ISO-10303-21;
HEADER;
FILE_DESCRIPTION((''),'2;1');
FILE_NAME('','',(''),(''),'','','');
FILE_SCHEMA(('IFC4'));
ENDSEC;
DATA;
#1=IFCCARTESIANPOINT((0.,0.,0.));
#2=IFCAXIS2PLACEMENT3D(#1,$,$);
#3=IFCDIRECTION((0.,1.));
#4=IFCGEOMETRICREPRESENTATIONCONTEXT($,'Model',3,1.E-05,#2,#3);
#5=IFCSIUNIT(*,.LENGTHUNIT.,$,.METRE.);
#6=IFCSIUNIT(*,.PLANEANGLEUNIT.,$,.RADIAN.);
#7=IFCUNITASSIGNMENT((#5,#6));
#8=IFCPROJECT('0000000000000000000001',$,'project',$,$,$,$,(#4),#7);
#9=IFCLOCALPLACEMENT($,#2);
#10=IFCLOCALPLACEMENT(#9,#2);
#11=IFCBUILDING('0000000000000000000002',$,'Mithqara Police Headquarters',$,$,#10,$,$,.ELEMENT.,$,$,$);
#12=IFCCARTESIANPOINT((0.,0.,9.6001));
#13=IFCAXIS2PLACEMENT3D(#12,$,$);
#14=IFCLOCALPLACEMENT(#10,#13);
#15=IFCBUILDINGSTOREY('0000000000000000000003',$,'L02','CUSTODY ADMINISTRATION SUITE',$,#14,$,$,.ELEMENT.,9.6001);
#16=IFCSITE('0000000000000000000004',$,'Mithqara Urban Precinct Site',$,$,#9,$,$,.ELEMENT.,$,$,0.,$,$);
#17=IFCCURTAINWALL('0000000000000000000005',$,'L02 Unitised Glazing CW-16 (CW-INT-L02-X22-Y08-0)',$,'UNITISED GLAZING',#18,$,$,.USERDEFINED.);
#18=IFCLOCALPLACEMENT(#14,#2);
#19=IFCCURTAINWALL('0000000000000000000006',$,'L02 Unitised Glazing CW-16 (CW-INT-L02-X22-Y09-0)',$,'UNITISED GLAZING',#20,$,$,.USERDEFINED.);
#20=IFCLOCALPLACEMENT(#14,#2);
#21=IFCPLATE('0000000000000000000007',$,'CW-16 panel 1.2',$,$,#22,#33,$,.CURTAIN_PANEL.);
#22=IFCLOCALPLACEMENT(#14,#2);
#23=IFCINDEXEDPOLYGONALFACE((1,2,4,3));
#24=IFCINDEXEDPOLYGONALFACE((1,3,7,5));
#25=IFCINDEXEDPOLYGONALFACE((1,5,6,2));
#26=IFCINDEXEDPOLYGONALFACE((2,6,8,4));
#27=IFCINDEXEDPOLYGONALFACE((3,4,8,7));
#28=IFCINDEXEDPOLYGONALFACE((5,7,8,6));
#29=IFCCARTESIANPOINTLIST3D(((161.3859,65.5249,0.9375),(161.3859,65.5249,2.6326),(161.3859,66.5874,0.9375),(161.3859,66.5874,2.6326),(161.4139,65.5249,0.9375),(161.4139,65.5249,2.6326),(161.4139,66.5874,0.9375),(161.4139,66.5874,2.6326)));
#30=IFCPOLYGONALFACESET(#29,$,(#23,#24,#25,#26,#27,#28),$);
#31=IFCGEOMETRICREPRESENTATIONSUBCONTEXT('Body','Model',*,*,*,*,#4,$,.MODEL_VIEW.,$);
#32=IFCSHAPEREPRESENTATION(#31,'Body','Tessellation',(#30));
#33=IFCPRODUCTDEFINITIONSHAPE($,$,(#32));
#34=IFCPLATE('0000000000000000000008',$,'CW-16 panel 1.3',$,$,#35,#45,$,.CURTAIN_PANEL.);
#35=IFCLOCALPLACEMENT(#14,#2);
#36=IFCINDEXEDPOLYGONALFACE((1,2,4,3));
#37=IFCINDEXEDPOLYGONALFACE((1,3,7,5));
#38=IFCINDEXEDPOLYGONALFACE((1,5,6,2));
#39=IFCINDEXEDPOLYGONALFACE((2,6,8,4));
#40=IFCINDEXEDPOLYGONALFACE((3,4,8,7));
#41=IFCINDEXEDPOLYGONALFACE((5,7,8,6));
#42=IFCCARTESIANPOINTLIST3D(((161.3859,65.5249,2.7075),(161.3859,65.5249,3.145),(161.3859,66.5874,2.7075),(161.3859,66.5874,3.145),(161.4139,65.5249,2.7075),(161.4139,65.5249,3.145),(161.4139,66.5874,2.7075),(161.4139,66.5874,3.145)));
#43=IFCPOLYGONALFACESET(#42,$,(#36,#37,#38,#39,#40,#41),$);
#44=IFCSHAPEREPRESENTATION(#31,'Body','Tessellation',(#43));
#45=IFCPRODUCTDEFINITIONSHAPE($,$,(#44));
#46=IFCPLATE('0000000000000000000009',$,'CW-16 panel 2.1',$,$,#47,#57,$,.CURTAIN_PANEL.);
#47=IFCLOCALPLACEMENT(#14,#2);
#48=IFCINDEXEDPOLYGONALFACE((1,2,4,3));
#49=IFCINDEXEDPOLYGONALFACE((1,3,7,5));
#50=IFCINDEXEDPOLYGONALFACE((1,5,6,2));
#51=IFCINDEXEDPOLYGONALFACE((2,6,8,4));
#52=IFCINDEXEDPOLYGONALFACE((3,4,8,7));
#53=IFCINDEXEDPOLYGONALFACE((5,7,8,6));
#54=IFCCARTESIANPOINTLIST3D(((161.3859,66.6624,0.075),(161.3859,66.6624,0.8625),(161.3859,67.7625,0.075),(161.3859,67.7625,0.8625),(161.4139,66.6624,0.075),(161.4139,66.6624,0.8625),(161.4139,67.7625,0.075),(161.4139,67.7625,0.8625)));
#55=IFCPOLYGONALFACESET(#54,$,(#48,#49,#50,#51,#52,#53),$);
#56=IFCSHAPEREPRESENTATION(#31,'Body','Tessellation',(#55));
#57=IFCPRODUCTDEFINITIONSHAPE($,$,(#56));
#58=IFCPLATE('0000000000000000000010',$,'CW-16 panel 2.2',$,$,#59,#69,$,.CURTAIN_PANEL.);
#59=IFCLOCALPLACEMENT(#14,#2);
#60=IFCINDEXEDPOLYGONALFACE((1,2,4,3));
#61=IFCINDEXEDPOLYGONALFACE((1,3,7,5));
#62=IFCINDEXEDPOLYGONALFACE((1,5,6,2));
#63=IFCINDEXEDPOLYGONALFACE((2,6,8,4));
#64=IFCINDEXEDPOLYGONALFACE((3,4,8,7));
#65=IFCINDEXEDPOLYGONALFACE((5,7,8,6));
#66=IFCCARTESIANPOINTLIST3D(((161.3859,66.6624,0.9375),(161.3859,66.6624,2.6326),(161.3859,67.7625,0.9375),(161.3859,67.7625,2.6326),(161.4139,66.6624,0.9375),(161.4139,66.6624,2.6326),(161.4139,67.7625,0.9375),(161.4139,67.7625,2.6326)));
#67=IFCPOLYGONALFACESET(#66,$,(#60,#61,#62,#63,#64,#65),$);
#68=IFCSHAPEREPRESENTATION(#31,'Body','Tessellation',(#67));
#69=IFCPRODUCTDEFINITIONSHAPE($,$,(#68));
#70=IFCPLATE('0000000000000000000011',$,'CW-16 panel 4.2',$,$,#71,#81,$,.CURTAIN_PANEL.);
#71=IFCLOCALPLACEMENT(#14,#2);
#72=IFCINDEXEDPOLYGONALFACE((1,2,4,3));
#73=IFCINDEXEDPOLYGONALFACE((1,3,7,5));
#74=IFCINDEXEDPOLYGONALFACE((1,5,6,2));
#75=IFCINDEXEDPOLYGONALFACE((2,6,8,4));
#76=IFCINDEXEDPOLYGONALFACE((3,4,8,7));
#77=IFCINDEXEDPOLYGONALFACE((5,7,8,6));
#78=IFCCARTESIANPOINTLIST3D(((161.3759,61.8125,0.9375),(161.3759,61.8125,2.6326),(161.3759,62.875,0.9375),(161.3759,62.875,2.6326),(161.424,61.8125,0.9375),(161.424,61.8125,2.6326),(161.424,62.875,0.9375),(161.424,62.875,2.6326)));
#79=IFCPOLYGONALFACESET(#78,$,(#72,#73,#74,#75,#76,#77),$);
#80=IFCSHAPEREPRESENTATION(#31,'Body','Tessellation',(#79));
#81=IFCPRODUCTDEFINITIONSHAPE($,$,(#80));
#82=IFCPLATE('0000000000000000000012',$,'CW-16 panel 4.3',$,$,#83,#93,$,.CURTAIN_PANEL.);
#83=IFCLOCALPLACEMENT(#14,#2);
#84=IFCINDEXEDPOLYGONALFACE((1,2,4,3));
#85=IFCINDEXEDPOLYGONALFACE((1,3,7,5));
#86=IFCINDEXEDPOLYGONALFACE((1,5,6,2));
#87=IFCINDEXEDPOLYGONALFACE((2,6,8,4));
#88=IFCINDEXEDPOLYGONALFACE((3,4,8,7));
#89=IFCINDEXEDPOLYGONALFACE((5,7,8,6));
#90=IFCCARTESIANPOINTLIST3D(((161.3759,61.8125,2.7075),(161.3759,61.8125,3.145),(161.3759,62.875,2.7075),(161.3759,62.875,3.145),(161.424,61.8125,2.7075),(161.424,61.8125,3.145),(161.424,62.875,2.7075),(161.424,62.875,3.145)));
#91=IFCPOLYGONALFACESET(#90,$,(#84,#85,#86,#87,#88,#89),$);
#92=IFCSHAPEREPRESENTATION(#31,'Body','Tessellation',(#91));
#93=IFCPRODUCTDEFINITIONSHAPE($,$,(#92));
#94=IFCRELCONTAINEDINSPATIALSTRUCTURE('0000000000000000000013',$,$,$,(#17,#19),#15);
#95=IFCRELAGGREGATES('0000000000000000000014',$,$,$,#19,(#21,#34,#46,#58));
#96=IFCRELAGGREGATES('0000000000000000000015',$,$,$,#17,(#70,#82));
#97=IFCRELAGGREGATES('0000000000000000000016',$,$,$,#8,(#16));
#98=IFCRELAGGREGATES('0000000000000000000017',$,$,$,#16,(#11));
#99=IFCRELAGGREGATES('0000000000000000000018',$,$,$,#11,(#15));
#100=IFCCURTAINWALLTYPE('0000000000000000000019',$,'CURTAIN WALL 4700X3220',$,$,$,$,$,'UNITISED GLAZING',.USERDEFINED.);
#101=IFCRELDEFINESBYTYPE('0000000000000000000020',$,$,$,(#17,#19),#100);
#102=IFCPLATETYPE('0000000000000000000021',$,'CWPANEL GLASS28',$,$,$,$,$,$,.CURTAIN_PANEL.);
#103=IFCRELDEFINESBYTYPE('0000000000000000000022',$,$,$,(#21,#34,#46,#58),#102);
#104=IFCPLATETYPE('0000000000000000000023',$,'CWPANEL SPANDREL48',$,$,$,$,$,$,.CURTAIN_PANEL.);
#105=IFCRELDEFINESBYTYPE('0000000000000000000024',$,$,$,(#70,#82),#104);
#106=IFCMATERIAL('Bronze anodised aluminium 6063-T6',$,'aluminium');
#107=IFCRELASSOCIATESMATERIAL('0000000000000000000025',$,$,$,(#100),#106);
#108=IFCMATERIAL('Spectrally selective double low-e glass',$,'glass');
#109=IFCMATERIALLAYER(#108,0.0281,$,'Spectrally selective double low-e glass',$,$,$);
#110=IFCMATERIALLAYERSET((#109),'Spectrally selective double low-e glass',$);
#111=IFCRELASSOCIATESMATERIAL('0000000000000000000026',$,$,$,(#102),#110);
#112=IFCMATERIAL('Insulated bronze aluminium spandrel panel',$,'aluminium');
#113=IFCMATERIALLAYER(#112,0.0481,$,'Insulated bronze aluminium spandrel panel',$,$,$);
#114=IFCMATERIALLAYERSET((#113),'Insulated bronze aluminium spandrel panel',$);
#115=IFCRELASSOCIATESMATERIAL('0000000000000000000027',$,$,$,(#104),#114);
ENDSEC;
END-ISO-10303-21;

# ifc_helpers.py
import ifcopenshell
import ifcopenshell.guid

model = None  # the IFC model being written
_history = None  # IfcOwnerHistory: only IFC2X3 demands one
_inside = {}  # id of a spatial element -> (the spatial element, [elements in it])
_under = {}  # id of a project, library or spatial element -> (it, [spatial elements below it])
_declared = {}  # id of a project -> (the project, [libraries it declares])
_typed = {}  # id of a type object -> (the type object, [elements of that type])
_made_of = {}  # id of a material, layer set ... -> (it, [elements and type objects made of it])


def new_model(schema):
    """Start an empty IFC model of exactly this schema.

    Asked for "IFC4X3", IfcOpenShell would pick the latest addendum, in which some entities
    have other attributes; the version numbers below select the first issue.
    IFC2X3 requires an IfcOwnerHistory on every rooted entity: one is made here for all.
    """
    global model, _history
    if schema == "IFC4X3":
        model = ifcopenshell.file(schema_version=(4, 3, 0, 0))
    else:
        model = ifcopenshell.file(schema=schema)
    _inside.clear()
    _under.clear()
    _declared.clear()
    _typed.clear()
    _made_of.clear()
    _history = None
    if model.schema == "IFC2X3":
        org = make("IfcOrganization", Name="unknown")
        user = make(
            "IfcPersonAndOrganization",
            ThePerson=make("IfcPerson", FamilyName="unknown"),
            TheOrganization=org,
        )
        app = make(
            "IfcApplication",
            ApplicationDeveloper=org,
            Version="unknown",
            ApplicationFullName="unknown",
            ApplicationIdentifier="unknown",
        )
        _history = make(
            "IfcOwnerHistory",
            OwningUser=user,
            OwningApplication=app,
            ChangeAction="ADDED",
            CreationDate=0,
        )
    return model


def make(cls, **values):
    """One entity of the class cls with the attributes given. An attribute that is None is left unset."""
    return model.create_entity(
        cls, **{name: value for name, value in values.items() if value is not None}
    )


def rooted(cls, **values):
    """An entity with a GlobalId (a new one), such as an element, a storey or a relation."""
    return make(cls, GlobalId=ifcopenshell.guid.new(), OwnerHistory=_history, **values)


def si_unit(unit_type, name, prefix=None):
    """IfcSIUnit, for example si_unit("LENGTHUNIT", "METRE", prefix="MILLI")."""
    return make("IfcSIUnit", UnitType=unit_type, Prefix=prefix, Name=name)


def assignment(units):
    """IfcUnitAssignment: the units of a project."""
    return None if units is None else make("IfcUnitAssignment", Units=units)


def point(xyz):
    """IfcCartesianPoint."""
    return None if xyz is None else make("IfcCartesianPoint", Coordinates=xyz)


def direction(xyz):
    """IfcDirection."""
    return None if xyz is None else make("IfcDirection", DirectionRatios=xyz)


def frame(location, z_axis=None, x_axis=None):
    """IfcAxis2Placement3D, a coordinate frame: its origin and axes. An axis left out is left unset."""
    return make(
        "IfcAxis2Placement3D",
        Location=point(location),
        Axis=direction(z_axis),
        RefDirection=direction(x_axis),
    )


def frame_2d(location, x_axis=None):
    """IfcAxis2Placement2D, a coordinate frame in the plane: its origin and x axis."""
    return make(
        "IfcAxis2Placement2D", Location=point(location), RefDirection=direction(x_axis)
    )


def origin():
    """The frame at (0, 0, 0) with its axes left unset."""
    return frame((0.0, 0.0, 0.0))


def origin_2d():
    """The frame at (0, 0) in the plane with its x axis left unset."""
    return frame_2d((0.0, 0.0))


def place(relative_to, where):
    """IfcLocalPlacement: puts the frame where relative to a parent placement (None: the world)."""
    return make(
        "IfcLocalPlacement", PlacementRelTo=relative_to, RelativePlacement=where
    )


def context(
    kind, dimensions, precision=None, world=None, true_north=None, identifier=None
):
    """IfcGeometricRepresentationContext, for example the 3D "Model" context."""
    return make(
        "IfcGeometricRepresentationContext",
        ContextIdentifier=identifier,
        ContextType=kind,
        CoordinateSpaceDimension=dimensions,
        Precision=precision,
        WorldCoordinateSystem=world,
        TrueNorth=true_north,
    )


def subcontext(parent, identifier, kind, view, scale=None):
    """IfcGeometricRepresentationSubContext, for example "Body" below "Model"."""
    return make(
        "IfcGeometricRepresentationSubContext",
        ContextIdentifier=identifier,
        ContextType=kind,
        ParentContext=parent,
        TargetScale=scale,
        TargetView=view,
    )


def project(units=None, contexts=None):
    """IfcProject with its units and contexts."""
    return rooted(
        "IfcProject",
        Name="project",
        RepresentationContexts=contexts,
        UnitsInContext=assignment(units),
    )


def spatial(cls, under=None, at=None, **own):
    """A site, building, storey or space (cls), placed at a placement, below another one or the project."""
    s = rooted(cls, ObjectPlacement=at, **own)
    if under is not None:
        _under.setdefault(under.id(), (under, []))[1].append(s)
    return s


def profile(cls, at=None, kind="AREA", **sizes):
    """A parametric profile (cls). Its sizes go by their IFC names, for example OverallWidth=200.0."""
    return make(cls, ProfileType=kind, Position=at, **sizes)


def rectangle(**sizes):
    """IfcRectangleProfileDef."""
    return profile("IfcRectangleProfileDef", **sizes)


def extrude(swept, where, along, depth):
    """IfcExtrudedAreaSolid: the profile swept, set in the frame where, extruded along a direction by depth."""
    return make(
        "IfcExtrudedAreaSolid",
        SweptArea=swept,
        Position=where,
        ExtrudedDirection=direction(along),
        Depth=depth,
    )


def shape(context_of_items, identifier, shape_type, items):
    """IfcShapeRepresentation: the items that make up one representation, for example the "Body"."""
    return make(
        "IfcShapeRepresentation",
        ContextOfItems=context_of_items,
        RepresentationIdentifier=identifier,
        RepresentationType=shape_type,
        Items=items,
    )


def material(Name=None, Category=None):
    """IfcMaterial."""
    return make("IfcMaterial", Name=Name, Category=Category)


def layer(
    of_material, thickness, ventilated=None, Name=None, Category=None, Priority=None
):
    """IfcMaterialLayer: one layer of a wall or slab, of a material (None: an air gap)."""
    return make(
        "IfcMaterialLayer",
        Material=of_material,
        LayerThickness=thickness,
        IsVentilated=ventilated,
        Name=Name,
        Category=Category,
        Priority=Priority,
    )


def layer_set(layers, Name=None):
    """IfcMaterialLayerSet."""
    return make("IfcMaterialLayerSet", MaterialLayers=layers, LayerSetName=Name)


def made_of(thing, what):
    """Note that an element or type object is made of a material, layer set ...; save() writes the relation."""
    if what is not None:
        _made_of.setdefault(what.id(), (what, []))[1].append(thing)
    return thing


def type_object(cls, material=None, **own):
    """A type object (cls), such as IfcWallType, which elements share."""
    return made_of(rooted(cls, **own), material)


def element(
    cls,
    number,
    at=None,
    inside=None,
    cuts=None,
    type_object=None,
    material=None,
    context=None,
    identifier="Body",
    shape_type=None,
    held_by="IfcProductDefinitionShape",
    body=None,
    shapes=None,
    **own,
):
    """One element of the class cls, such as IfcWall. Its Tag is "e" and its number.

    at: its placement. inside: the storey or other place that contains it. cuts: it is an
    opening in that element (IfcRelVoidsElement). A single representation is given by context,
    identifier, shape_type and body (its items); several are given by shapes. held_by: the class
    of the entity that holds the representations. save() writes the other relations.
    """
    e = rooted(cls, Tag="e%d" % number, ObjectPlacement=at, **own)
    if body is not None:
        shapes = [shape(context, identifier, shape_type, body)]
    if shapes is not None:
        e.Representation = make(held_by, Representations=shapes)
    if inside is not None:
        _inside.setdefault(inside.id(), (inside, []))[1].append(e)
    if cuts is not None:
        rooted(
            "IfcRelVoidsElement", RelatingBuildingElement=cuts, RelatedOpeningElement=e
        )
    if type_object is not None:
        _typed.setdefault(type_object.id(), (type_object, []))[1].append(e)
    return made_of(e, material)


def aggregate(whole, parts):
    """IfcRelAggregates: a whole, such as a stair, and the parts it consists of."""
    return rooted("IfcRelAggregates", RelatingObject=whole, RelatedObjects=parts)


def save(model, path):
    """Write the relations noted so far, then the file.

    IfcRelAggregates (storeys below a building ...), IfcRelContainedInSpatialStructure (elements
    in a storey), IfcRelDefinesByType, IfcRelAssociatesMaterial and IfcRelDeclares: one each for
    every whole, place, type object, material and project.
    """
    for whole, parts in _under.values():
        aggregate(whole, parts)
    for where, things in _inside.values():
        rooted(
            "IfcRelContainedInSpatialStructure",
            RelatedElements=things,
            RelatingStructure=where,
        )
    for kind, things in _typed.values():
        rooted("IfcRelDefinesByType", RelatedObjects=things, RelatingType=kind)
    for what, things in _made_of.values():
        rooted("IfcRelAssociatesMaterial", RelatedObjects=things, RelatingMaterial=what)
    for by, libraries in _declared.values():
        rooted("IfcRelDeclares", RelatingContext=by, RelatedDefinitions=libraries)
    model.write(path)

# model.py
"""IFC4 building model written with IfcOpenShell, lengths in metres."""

from ifc_helpers import new_model, si_unit, direction, frame, origin, origin_2d, place, context, subcontext, project, spatial, rectangle, extrude, material, layer, layer_set, type_object, element, aggregate, save


model = new_model("IFC4")

# Units and contexts
model_context = context("Model", 3, precision=1e-05, world=origin(), true_north=direction((0.0, 1.0)))
body_context = subcontext(model_context, "Body", "Model", "MODEL_VIEW")
ifc_project = project(units=[si_unit("LENGTHUNIT", "METRE"), si_unit("PLANEANGLEUNIT", "RADIAN")], contexts=[model_context])

# Site, building, storey
site_placement = place(None, origin())
site = spatial("IfcSite", under=ifc_project, at=site_placement, Name="Mithqara Urban Precinct Site", CompositionType="ELEMENT", RefElevation=0.0)
building_placement = place(site_placement, origin())
building = spatial("IfcBuilding", under=site, at=building_placement, Name="Mithqara Police Headquarters", CompositionType="ELEMENT")
storey_placement = place(building_placement, frame((0.0, 0.0, 9.6001)))
storey = spatial("IfcBuildingStorey", under=building, at=storey_placement, Name="L02", Description="CUSTODY ADMINISTRATION SUITE", CompositionType="ELEMENT", Elevation=9.6001)

# Curtain wall
ifc_material_1 = material(Name="Bronze anodised aluminium 6063-T6", Category="aluminium")
curtain_wall_type = type_object("IfcCurtainWallType", Name="CURTAIN WALL 4700X3220", ElementType="UNITISED GLAZING", PredefinedType="USERDEFINED", material=ifc_material_1)
curtain_wall_1_placement = place(storey_placement, origin())
curtain_wall_1 = element("IfcCurtainWall", 1, at=curtain_wall_1_placement, inside=storey, type_object=curtain_wall_type, Name="L02 Unitised Glazing CW-16 (CW-INT-L02-X22-Y08-0)", ObjectType="UNITISED GLAZING", PredefinedType="USERDEFINED")

# Curtain wall, plates
curtain_wall_2_placement = place(storey_placement, origin())
curtain_wall_2 = element("IfcCurtainWall", 2, at=curtain_wall_2_placement, inside=storey, type_object=curtain_wall_type, Name="L02 Unitised Glazing CW-16 (CW-INT-L02-X22-Y09-0)", ObjectType="UNITISED GLAZING", PredefinedType="USERDEFINED")
ifc_material_2 = material(Name="Spectrally selective double low-e glass", Category="glass")
ifc_layer_1 = layer(ifc_material_2, 0.0281, Name="Spectrally selective double low-e glass")
ifc_layer_set_1 = layer_set([ifc_layer_1], Name="Spectrally selective double low-e glass")
plate_type_1 = type_object("IfcPlateType", Name="CWPANEL GLASS28", PredefinedType="CURTAIN_PANEL", material=ifc_layer_set_1)
plate_1_placement = place(storey_placement, frame((161.3999, 66.0562, 0.9375), z_axis=(0.0, 0.0, 1.0), x_axis=(0.0, 1.0, 0.0)))
plate_1 = element("IfcPlate", 3, at=plate_1_placement, type_object=plate_type_1, Name="CW-16 panel 1.2", PredefinedType="CURTAIN_PANEL", context=body_context, shape_type="SweptSolid", body=[
    extrude(rectangle(XDim=1.0625, YDim=0.0281, at=origin_2d()), origin(), (0.0, 0.0, 1.0), 1.6951),
])
plate_2_placement = place(storey_placement, frame((161.3999, 66.0562, 2.7075), z_axis=(0.0, 0.0, 1.0), x_axis=(0.0, 1.0, 0.0)))
plate_2 = element("IfcPlate", 4, at=plate_2_placement, type_object=plate_type_1, Name="CW-16 panel 1.3", PredefinedType="CURTAIN_PANEL", context=body_context, shape_type="SweptSolid", body=[
    extrude(rectangle(XDim=1.0625, YDim=0.0281, at=origin_2d()), origin(), (0.0, 0.0, 1.0), 0.4375),
])
plate_3_placement = place(storey_placement, frame((161.3999, 67.2124, 0.075), z_axis=(0.0, 0.0, 1.0), x_axis=(0.0, 1.0, 0.0)))
plate_3 = element("IfcPlate", 5, at=plate_3_placement, type_object=plate_type_1, Name="CW-16 panel 2.1", PredefinedType="CURTAIN_PANEL", context=body_context, shape_type="SweptSolid", body=[
    extrude(rectangle(XDim=1.1001, YDim=0.0281, at=origin_2d()), origin(), (0.0, 0.0, 1.0), 0.7876),
])
plate_4_placement = place(storey_placement, frame((161.3999, 67.2124, 0.9375), z_axis=(0.0, 0.0, 1.0), x_axis=(0.0, 1.0, 0.0)))
plate_4 = element("IfcPlate", 6, at=plate_4_placement, type_object=plate_type_1, Name="CW-16 panel 2.2", PredefinedType="CURTAIN_PANEL", context=body_context, shape_type="SweptSolid", body=[
    extrude(rectangle(XDim=1.1001, YDim=0.0281, at=origin_2d()), origin(), (0.0, 0.0, 1.0), 1.6951),
])
aggregate(curtain_wall_2, [plate_1, plate_2, plate_3, plate_4])

# Plates
ifc_material_3 = material(Name="Insulated bronze aluminium spandrel panel", Category="aluminium")
ifc_layer_2 = layer(ifc_material_3, 0.0481, Name="Insulated bronze aluminium spandrel panel")
ifc_layer_set_2 = layer_set([ifc_layer_2], Name="Insulated bronze aluminium spandrel panel")
plate_type_2 = type_object("IfcPlateType", Name="CWPANEL SPANDREL48", PredefinedType="CURTAIN_PANEL", material=ifc_layer_set_2)
plate_5_placement = place(storey_placement, frame((161.3999, 62.3438, 0.9375), z_axis=(0.0, 0.0, 1.0), x_axis=(0.0, 1.0, 0.0)))
plate_5 = element("IfcPlate", 7, at=plate_5_placement, type_object=plate_type_2, Name="CW-16 panel 4.2", PredefinedType="CURTAIN_PANEL", context=body_context, shape_type="SweptSolid", body=[
    extrude(rectangle(XDim=1.0625, YDim=0.0481, at=origin_2d()), origin(), (0.0, 0.0, 1.0), 1.6951),
])
plate_6_placement = place(storey_placement, frame((161.3999, 62.3438, 2.7075), z_axis=(0.0, 0.0, 1.0), x_axis=(0.0, 1.0, 0.0)))
plate_6 = element("IfcPlate", 8, at=plate_6_placement, type_object=plate_type_2, Name="CW-16 panel 4.3", PredefinedType="CURTAIN_PANEL", context=body_context, shape_type="SweptSolid", body=[
    extrude(rectangle(XDim=1.0625, YDim=0.0481, at=origin_2d()), origin(), (0.0, 0.0, 1.0), 0.4375),
])
aggregate(curtain_wall_1, [plate_5, plate_6])

save(model, "model.ifc")
